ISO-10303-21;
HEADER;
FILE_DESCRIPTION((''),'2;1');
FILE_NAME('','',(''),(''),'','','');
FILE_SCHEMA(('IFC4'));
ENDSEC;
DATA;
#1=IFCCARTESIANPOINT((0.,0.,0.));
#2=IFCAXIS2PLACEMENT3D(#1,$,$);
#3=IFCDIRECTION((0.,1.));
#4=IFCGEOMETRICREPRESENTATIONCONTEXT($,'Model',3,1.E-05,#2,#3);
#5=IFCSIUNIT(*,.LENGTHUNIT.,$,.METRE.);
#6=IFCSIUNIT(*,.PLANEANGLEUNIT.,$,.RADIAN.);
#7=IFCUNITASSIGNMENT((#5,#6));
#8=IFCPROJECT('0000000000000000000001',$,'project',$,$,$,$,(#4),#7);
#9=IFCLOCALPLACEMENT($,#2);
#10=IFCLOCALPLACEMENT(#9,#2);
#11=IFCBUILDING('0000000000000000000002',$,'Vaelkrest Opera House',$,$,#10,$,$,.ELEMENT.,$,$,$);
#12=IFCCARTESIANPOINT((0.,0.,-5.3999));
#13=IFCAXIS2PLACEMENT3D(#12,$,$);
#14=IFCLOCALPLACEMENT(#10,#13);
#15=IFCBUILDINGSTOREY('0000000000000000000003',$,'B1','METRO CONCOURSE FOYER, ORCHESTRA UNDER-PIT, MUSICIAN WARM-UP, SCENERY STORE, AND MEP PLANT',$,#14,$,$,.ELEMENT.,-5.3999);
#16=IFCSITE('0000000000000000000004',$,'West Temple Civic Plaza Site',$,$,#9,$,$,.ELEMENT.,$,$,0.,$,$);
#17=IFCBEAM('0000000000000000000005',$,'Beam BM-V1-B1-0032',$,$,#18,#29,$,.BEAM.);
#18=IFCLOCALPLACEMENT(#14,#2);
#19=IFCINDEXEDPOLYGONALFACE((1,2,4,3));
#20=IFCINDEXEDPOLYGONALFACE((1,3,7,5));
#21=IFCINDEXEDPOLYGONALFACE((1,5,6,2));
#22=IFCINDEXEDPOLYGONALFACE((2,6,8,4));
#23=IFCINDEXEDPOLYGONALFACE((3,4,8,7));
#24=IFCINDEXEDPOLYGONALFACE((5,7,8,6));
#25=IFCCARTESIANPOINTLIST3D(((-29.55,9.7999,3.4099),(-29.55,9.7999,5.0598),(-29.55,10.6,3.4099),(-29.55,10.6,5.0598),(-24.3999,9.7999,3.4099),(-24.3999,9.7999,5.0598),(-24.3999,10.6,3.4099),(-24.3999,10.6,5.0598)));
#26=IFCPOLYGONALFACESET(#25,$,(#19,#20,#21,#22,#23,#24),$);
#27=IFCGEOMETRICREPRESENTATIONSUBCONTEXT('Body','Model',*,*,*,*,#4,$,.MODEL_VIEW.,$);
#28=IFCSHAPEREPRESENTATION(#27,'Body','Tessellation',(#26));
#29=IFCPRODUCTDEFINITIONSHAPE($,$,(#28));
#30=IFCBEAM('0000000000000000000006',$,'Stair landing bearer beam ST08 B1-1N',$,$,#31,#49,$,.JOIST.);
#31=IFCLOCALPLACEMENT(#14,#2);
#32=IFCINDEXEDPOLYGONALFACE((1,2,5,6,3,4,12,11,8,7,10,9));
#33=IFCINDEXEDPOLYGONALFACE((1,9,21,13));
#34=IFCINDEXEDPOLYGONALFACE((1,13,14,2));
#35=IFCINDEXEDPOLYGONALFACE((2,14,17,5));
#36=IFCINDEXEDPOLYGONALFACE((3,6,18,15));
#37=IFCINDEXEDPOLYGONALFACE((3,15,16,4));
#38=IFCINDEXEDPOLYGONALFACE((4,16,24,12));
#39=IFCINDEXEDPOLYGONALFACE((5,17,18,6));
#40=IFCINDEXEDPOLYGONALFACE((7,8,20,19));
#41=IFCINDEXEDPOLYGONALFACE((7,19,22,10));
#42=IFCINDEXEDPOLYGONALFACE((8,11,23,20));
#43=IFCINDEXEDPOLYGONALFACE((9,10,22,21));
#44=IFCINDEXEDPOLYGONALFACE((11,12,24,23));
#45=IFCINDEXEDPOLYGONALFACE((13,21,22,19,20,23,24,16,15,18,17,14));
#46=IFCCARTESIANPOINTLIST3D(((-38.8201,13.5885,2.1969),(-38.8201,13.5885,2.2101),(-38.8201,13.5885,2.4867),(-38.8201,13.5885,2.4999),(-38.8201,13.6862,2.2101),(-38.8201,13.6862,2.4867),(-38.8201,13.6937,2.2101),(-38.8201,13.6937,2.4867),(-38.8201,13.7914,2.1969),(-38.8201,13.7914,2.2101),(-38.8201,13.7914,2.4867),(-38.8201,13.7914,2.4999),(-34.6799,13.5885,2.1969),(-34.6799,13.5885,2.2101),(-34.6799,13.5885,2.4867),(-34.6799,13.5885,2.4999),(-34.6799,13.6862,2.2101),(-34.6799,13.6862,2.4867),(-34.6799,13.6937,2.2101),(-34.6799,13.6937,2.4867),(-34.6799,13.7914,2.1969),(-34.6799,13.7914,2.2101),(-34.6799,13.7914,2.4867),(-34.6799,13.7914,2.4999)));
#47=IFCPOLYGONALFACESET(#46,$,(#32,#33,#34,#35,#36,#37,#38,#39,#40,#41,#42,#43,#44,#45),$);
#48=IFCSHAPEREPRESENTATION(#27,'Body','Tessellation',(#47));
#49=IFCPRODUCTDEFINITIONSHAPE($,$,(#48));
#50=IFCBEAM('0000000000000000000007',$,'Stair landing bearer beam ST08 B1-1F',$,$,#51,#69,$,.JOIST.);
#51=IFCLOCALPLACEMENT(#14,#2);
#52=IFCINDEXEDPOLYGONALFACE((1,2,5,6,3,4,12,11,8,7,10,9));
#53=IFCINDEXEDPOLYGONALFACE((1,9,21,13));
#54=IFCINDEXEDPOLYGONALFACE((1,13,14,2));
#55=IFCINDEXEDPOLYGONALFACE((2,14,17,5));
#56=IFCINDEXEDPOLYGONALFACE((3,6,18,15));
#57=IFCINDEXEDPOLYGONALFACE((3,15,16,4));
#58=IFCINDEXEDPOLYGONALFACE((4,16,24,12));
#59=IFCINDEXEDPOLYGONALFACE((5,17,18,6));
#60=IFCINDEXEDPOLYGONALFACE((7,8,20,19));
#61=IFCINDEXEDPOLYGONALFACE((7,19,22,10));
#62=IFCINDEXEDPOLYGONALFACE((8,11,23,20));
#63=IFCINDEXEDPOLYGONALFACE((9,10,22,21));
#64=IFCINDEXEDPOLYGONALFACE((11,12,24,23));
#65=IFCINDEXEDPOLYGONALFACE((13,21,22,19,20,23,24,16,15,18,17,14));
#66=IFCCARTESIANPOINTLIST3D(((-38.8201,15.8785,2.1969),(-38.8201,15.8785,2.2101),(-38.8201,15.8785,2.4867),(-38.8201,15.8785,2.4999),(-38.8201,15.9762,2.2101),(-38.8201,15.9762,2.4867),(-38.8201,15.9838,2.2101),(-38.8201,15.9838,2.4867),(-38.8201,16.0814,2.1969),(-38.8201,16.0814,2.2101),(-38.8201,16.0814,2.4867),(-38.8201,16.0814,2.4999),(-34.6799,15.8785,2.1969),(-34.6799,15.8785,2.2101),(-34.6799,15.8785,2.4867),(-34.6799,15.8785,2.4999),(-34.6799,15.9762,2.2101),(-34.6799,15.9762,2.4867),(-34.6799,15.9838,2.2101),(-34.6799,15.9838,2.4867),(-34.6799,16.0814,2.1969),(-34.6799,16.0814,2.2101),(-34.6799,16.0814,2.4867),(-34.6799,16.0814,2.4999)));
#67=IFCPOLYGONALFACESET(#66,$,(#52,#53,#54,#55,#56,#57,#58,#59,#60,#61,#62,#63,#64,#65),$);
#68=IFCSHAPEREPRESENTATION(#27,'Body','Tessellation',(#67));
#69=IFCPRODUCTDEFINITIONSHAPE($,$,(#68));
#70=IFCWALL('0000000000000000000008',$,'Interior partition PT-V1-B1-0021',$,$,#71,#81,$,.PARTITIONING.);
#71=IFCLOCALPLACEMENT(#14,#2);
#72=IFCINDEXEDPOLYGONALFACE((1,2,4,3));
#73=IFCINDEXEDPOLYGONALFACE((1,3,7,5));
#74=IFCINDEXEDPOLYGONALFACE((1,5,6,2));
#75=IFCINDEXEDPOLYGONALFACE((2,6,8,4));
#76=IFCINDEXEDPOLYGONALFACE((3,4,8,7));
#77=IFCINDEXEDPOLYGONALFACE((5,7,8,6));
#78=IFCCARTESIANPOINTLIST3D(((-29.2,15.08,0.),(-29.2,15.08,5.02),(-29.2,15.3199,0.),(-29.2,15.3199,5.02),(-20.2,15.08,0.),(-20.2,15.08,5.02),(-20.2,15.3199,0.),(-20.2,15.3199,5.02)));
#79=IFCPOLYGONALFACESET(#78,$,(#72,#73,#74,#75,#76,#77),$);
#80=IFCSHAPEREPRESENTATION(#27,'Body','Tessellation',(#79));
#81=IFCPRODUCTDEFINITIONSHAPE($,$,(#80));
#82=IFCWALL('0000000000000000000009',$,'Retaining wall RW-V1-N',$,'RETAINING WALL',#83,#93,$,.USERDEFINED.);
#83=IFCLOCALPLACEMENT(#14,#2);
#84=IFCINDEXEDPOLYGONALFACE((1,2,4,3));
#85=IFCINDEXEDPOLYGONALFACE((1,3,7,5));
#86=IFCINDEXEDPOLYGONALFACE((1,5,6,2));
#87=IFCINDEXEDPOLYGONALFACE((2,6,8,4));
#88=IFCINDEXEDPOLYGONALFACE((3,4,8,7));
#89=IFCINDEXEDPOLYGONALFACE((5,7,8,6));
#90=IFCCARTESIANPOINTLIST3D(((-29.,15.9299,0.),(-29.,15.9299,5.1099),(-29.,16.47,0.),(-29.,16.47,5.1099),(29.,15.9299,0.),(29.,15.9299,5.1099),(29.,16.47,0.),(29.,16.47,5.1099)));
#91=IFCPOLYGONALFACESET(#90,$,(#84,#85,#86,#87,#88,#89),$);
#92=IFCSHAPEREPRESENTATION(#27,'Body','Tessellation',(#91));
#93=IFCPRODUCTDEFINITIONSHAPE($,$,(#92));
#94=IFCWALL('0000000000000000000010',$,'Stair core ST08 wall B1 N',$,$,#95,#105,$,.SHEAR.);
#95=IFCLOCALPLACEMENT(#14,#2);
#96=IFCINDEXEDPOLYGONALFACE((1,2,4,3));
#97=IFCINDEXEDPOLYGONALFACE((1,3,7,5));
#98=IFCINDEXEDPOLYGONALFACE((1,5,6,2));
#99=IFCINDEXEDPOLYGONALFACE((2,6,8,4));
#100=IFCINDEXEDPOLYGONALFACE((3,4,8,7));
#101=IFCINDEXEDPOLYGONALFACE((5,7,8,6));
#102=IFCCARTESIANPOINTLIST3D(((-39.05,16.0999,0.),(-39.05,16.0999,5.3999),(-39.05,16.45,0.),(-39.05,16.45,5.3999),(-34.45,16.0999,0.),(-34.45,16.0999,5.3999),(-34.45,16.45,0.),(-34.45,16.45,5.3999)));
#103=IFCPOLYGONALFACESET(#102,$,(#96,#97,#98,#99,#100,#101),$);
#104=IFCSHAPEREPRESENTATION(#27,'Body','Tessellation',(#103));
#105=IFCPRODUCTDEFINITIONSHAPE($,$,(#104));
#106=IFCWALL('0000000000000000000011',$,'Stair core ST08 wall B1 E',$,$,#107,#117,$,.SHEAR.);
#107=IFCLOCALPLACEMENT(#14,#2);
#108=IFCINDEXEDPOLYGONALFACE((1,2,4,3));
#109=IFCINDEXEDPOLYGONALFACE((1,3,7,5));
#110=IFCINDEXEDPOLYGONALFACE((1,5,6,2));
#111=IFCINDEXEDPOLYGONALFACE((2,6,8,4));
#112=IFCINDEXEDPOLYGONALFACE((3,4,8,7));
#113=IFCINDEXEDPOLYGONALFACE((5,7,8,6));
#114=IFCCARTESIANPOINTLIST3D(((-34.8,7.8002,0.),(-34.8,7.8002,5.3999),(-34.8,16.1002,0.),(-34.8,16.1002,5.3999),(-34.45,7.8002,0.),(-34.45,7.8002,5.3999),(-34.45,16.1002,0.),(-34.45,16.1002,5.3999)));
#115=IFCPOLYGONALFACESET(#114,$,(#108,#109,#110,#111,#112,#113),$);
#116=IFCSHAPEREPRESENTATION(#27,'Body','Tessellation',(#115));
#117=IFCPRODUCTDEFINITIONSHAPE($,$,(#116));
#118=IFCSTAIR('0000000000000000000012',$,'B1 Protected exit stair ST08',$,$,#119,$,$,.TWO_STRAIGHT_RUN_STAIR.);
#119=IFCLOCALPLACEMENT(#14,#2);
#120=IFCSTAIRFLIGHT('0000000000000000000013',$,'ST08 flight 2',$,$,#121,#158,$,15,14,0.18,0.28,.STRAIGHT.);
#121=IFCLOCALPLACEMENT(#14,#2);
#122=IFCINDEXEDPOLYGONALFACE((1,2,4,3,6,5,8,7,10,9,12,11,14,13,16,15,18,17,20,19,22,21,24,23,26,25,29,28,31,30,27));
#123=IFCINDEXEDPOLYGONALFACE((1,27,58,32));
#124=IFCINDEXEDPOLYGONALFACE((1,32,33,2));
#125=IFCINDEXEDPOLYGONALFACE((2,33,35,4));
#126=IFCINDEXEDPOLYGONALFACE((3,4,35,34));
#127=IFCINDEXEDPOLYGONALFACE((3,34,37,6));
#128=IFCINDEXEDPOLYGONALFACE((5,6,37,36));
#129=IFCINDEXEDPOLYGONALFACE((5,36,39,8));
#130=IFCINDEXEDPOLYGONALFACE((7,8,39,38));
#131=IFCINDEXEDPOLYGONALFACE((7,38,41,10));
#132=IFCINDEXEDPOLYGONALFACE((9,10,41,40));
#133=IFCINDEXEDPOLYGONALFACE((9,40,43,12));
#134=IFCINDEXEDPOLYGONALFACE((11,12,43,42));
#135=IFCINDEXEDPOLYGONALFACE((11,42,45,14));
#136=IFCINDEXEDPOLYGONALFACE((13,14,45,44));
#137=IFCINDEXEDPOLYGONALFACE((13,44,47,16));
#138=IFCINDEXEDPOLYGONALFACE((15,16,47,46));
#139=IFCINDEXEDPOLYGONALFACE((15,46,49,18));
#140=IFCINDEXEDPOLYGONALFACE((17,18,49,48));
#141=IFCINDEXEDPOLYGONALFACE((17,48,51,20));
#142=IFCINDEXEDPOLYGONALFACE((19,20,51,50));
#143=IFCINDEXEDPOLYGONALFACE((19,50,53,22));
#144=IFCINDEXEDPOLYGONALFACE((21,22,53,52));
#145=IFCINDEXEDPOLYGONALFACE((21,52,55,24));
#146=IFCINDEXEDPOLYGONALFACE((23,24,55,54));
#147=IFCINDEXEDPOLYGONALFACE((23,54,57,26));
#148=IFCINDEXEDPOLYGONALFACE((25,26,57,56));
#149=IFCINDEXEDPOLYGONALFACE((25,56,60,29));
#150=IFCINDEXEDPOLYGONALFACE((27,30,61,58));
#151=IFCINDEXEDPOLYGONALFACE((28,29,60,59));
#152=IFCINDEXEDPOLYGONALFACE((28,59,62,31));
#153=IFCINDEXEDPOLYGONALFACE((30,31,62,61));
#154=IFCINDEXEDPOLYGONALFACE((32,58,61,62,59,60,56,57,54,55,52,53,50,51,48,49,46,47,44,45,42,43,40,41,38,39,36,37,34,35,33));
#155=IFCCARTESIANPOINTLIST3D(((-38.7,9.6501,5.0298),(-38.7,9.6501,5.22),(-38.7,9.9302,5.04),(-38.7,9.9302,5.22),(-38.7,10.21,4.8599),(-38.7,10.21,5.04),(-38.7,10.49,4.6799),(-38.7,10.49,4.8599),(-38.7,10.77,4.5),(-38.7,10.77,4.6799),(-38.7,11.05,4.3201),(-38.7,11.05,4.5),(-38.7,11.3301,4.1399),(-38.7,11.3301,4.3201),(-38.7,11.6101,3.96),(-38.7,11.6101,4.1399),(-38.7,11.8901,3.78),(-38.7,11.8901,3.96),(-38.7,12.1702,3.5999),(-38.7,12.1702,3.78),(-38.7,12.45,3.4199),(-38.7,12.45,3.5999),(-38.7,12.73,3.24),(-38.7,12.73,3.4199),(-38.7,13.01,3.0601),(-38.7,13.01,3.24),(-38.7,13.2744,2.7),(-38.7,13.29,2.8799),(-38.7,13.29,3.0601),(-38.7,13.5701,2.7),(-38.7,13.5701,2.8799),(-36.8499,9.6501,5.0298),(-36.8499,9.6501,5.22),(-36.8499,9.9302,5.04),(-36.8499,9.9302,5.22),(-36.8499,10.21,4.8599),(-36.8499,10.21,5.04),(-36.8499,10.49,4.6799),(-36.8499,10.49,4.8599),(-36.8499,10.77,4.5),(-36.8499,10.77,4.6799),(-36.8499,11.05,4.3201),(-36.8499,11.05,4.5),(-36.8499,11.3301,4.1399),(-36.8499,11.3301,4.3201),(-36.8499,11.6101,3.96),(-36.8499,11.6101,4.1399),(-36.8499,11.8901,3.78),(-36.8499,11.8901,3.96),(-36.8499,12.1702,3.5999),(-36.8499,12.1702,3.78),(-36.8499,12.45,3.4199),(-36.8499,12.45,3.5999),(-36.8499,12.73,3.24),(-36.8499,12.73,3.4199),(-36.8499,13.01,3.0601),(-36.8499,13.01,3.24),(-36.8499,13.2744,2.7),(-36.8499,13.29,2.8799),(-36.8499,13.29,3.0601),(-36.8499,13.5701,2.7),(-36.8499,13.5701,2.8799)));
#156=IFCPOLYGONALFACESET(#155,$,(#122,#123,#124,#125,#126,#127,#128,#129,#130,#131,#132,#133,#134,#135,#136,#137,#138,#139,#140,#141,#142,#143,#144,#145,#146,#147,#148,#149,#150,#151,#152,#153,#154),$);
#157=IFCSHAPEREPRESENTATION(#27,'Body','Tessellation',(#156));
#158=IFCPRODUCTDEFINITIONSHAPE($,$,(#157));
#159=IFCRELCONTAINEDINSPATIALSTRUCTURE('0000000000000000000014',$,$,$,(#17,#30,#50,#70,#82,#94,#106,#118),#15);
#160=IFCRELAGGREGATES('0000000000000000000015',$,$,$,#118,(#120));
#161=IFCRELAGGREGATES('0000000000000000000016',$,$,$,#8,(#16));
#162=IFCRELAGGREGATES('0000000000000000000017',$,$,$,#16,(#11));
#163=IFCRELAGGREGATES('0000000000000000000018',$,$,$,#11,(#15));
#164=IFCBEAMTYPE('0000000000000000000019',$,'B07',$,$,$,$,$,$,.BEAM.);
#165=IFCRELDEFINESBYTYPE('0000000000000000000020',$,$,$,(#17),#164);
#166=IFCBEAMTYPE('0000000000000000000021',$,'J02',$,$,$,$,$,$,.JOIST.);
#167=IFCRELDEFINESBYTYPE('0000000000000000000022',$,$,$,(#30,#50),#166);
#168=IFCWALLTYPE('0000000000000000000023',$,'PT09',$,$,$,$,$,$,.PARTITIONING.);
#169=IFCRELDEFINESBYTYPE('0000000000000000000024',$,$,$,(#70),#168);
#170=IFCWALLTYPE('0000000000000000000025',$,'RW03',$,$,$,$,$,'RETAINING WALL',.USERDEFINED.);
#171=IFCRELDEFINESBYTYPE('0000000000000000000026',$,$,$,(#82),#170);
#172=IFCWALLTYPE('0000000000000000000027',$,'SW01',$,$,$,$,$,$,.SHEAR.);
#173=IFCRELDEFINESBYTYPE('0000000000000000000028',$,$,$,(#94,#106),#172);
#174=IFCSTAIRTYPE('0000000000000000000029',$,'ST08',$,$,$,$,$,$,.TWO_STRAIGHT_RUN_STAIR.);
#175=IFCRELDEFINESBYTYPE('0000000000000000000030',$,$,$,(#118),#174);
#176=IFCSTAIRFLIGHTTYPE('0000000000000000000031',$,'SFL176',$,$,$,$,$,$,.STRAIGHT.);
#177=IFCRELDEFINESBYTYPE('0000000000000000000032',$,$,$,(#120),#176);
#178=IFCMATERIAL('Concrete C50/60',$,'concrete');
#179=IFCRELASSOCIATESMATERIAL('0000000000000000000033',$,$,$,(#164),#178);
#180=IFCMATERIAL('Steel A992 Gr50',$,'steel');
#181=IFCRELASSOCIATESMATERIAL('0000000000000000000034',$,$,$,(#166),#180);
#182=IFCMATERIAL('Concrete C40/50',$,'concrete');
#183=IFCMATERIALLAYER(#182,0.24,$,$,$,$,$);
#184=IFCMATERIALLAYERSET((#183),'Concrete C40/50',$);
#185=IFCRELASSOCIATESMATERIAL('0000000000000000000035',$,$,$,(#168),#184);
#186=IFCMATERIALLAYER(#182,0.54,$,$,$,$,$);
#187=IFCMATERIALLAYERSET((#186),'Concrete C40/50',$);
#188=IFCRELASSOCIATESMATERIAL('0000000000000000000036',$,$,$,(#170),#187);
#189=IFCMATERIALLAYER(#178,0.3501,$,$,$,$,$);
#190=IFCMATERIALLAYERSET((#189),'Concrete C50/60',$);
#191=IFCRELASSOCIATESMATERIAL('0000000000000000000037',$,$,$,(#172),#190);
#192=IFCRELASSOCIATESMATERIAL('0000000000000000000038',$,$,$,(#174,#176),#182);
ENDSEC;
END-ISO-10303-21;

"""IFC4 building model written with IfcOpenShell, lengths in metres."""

from ifc_helpers import new_model, si_unit, direction, frame, frame_2d, origin, origin_2d, place, context, subcontext, project, spatial, polyline, rectangle, i_section, outline, extrude, material, layer, layer_set, material_profile, profile_set, type_object, element, aggregate, save


model = new_model("IFC4")

# Units and contexts
model_context = context("Model", 3, precision=1e-05, world=origin(), true_north=direction((0.0, 1.0)))
body_context = subcontext(model_context, "Body", "Model", "MODEL_VIEW")
ifc_project = project(units=[si_unit("LENGTHUNIT", "METRE"), si_unit("PLANEANGLEUNIT", "RADIAN")], contexts=[model_context])

# Site, building, storey
site_placement = place(None, origin())
site = spatial("IfcSite", under=ifc_project, at=site_placement, Name="West Temple Civic Plaza Site", CompositionType="ELEMENT", RefElevation=0.0)
building_placement = place(site_placement, origin())
building = spatial("IfcBuilding", under=site, at=building_placement, Name="Vaelkrest Opera House", CompositionType="ELEMENT")
storey_placement = place(building_placement, frame((0.0, 0.0, -5.3999)))
storey = spatial("IfcBuildingStorey", under=building, at=storey_placement, Name="B1", Description="METRO CONCOURSE FOYER, ORCHESTRA UNDER-PIT, MUSICIAN WARM-UP, SCENERY STORE, AND MEP PLANT", CompositionType="ELEMENT", Elevation=-5.3999)

# Shared definitions
ifc_material_1 = material(Name="Concrete C40/50", Category="concrete")

# Shared definitions
ifc_material_2 = material(Name="Concrete C50/60", Category="concrete")

# Beams
ifc_material_profile_1 = material_profile(ifc_material_2, rectangle(XDim=0.8, YDim=1.6499, at=origin_2d()), Name="RCB800X1650")
ifc_profile_set_1 = profile_set([ifc_material_profile_1], Name="Concrete C50/60")
beam_type_1 = type_object("IfcBeamType", Name="B07", PredefinedType="BEAM", material=ifc_profile_set_1)
beam_placement = place(storey_placement, frame((-29.55, 10.2, 4.2349), z_axis=(1.0, 0.0, 0.0), x_axis=(0.0, 1.0, 0.0)))
element("IfcBeam", 1, at=beam_placement, inside=storey, type_object=beam_type_1, Name="Beam BM-V1-B1-0032", PredefinedType="BEAM", context=body_context, shape_type="SweptSolid", body=[
    extrude(rectangle(XDim=0.8, YDim=1.6499, at=origin_2d()), origin(), (0.0, 0.0, 1.0), 5.1501),
])
ifc_material_3 = material(Name="Steel A992 Gr50", Category="steel")
ifc_material_profile_2 = material_profile(ifc_material_3, i_section(OverallWidth=0.2029, OverallDepth=0.303, WebThickness=0.0076, FlangeThickness=0.0132, at=origin_2d()), Name="W12X40")
ifc_profile_set_2 = profile_set([ifc_material_profile_2], Name="Steel A992 Gr50")
beam_type_2 = type_object("IfcBeamType", Name="J02", PredefinedType="JOIST", material=ifc_profile_set_2)
for number, where, z_axis, x_axis, name in (
    (2, (-38.8201, 13.6899, 2.3484), (1.0, 0.0, 0.0), (0.0, 1.0, 0.0), "Stair landing bearer beam ST08 B1-1N"),
    (3, (-38.8201, 15.98, 2.3484), (1.0, 0.0, 0.0), (0.0, 1.0, 0.0), "Stair landing bearer beam ST08 B1-1F"),
):
    element("IfcBeam", number, at=place(storey_placement, frame(where, z_axis=z_axis, x_axis=x_axis)), inside=storey, type_object=beam_type_2, Name=name, PredefinedType="JOIST", context=body_context, shape_type="SweptSolid", body=[
        extrude(i_section(OverallWidth=0.2029, OverallDepth=0.303, WebThickness=0.0076, FlangeThickness=0.0132, at=origin_2d()), origin(), (0.0, 0.0, 1.0), 4.1401),
    ])

# Walls
ifc_layer_1 = layer(ifc_material_1, 0.24)
ifc_layer_set_1 = layer_set([ifc_layer_1], Name="Concrete C40/50")
wall_type_1 = type_object("IfcWallType", Name="PT09", PredefinedType="PARTITIONING", material=ifc_layer_set_1)
wall_1_placement = place(storey_placement, frame((-29.2, 15.2, 0.0), z_axis=(0.0, 0.0, 1.0), x_axis=(1.0, 0.0, 0.0)))
element("IfcWall", 4, at=wall_1_placement, inside=storey, type_object=wall_type_1, Name="Interior partition PT-V1-B1-0021", PredefinedType="PARTITIONING", context=body_context, shape_type="SweptSolid", body=[
    extrude(rectangle(XDim=9.0, YDim=0.24, at=frame_2d((4.5, 0.0))), origin(), (0.0, 0.0, 1.0), 5.02),
])
ifc_layer_2 = layer(ifc_material_1, 0.54)
ifc_layer_set_2 = layer_set([ifc_layer_2], Name="Concrete C40/50")
wall_type_2 = type_object("IfcWallType", Name="RW03", ElementType="RETAINING WALL", PredefinedType="USERDEFINED", material=ifc_layer_set_2)
wall_2_placement = place(storey_placement, frame((-29.0, 16.2, 0.0), z_axis=(0.0, 0.0, 1.0), x_axis=(1.0, 0.0, 0.0)))
element("IfcWall", 5, at=wall_2_placement, inside=storey, type_object=wall_type_2, Name="Retaining wall RW-V1-N", ObjectType="RETAINING WALL", PredefinedType="USERDEFINED", context=body_context, shape_type="SweptSolid", body=[
    extrude(rectangle(XDim=58.0, YDim=0.54, at=frame_2d((29.0, 0.0))), origin(), (0.0, 0.0, 1.0), 5.1099),
])
ifc_layer_3 = layer(ifc_material_2, 0.3501)
ifc_layer_set_3 = layer_set([ifc_layer_3], Name="Concrete C50/60")
wall_type_3 = type_object("IfcWallType", Name="SW01", PredefinedType="SHEAR", material=ifc_layer_set_3)
wall_3_placement = place(storey_placement, frame((-39.05, 16.2749, 0.0), z_axis=(0.0, 0.0, 1.0), x_axis=(1.0, 0.0, 0.0)))
element("IfcWall", 6, at=wall_3_placement, inside=storey, type_object=wall_type_3, Name="Stair core ST08 wall B1 N", PredefinedType="SHEAR", context=body_context, shape_type="SweptSolid", body=[
    extrude(rectangle(XDim=4.6001, YDim=0.3501, at=frame_2d((2.3, 0.0))), origin(), (0.0, 0.0, 1.0), 5.3999),
])
wall_4_placement = place(storey_placement, frame((-34.625, 16.1001, 0.0), z_axis=(0.0, 0.0, 1.0), x_axis=(0.0, -1.0, 0.0)))
element("IfcWall", 7, at=wall_4_placement, inside=storey, type_object=wall_type_3, Name="Stair core ST08 wall B1 E", PredefinedType="SHEAR", context=body_context, shape_type="SweptSolid", body=[
    extrude(rectangle(XDim=8.3, YDim=0.3501, at=frame_2d((4.1499, 0.0))), origin(), (0.0, 0.0, 1.0), 5.3999),
])

# Stair, stair flight
stair_type = type_object("IfcStairType", Name="ST08", PredefinedType="TWO_STRAIGHT_RUN_STAIR", material=ifc_material_1)
stair_placement = place(storey_placement, origin())
stair = element("IfcStair", 8, at=stair_placement, inside=storey, type_object=stair_type, Name="B1 Protected exit stair ST08", PredefinedType="TWO_STRAIGHT_RUN_STAIR")
stair_flight_type = type_object("IfcStairFlightType", Name="SFL176", PredefinedType="STRAIGHT", material=ifc_material_1)
stair_flight_placement = place(storey_placement, frame((-37.7749, 13.5701, 2.7), z_axis=(0.0, 0.0, 1.0), x_axis=(0.0, -1.0, 0.0)))
stair_flight = element("IfcStairFlight", 9, at=stair_flight_placement, type_object=stair_flight_type, Name="ST08 flight 2", NumberOfRisers=15, NumberOfTreads=14, PredefinedType="STRAIGHT", RiserHeight=0.18, TreadLength=0.28, context=body_context, shape_type="SweptSolid", body=[
    extrude(outline(polyline([(0.0, 0.0), (0.0, 0.1799), (0.28, 0.1799), (0.28, 0.3601), (0.5601, 0.3601), (0.5601, 0.54), (0.8401, 0.54), (0.8401, 0.72), (1.1201, 0.72), (1.1201, 0.8999), (1.3999, 0.8999), (1.3999, 1.0801), (1.6799, 1.0801), (1.6799, 1.26), (1.96, 1.26), (1.96, 1.4399), (2.24, 1.4399), (2.24, 1.6201), (2.52, 1.6201), (2.52, 1.8), (2.8, 1.8), (2.8, 1.98), (3.0801, 1.98), (3.0801, 2.1599), (3.3601, 2.1599), (3.3601, 2.3401), (3.6399, 2.3401), (3.6399, 2.52), (3.9199, 2.52), (3.9199, 2.7), (3.9199, 2.3298), (0.2957, 0.0), (0.0, 0.0)])), frame((0.0, 0.925, 0.0), z_axis=(0.0, -1.0, 0.0), x_axis=(1.0, 0.0, 0.0)), (0.0, 0.0, 1.0), 1.8501),
])
aggregate(stair, [stair_flight])

save(model, "model.ifc")
